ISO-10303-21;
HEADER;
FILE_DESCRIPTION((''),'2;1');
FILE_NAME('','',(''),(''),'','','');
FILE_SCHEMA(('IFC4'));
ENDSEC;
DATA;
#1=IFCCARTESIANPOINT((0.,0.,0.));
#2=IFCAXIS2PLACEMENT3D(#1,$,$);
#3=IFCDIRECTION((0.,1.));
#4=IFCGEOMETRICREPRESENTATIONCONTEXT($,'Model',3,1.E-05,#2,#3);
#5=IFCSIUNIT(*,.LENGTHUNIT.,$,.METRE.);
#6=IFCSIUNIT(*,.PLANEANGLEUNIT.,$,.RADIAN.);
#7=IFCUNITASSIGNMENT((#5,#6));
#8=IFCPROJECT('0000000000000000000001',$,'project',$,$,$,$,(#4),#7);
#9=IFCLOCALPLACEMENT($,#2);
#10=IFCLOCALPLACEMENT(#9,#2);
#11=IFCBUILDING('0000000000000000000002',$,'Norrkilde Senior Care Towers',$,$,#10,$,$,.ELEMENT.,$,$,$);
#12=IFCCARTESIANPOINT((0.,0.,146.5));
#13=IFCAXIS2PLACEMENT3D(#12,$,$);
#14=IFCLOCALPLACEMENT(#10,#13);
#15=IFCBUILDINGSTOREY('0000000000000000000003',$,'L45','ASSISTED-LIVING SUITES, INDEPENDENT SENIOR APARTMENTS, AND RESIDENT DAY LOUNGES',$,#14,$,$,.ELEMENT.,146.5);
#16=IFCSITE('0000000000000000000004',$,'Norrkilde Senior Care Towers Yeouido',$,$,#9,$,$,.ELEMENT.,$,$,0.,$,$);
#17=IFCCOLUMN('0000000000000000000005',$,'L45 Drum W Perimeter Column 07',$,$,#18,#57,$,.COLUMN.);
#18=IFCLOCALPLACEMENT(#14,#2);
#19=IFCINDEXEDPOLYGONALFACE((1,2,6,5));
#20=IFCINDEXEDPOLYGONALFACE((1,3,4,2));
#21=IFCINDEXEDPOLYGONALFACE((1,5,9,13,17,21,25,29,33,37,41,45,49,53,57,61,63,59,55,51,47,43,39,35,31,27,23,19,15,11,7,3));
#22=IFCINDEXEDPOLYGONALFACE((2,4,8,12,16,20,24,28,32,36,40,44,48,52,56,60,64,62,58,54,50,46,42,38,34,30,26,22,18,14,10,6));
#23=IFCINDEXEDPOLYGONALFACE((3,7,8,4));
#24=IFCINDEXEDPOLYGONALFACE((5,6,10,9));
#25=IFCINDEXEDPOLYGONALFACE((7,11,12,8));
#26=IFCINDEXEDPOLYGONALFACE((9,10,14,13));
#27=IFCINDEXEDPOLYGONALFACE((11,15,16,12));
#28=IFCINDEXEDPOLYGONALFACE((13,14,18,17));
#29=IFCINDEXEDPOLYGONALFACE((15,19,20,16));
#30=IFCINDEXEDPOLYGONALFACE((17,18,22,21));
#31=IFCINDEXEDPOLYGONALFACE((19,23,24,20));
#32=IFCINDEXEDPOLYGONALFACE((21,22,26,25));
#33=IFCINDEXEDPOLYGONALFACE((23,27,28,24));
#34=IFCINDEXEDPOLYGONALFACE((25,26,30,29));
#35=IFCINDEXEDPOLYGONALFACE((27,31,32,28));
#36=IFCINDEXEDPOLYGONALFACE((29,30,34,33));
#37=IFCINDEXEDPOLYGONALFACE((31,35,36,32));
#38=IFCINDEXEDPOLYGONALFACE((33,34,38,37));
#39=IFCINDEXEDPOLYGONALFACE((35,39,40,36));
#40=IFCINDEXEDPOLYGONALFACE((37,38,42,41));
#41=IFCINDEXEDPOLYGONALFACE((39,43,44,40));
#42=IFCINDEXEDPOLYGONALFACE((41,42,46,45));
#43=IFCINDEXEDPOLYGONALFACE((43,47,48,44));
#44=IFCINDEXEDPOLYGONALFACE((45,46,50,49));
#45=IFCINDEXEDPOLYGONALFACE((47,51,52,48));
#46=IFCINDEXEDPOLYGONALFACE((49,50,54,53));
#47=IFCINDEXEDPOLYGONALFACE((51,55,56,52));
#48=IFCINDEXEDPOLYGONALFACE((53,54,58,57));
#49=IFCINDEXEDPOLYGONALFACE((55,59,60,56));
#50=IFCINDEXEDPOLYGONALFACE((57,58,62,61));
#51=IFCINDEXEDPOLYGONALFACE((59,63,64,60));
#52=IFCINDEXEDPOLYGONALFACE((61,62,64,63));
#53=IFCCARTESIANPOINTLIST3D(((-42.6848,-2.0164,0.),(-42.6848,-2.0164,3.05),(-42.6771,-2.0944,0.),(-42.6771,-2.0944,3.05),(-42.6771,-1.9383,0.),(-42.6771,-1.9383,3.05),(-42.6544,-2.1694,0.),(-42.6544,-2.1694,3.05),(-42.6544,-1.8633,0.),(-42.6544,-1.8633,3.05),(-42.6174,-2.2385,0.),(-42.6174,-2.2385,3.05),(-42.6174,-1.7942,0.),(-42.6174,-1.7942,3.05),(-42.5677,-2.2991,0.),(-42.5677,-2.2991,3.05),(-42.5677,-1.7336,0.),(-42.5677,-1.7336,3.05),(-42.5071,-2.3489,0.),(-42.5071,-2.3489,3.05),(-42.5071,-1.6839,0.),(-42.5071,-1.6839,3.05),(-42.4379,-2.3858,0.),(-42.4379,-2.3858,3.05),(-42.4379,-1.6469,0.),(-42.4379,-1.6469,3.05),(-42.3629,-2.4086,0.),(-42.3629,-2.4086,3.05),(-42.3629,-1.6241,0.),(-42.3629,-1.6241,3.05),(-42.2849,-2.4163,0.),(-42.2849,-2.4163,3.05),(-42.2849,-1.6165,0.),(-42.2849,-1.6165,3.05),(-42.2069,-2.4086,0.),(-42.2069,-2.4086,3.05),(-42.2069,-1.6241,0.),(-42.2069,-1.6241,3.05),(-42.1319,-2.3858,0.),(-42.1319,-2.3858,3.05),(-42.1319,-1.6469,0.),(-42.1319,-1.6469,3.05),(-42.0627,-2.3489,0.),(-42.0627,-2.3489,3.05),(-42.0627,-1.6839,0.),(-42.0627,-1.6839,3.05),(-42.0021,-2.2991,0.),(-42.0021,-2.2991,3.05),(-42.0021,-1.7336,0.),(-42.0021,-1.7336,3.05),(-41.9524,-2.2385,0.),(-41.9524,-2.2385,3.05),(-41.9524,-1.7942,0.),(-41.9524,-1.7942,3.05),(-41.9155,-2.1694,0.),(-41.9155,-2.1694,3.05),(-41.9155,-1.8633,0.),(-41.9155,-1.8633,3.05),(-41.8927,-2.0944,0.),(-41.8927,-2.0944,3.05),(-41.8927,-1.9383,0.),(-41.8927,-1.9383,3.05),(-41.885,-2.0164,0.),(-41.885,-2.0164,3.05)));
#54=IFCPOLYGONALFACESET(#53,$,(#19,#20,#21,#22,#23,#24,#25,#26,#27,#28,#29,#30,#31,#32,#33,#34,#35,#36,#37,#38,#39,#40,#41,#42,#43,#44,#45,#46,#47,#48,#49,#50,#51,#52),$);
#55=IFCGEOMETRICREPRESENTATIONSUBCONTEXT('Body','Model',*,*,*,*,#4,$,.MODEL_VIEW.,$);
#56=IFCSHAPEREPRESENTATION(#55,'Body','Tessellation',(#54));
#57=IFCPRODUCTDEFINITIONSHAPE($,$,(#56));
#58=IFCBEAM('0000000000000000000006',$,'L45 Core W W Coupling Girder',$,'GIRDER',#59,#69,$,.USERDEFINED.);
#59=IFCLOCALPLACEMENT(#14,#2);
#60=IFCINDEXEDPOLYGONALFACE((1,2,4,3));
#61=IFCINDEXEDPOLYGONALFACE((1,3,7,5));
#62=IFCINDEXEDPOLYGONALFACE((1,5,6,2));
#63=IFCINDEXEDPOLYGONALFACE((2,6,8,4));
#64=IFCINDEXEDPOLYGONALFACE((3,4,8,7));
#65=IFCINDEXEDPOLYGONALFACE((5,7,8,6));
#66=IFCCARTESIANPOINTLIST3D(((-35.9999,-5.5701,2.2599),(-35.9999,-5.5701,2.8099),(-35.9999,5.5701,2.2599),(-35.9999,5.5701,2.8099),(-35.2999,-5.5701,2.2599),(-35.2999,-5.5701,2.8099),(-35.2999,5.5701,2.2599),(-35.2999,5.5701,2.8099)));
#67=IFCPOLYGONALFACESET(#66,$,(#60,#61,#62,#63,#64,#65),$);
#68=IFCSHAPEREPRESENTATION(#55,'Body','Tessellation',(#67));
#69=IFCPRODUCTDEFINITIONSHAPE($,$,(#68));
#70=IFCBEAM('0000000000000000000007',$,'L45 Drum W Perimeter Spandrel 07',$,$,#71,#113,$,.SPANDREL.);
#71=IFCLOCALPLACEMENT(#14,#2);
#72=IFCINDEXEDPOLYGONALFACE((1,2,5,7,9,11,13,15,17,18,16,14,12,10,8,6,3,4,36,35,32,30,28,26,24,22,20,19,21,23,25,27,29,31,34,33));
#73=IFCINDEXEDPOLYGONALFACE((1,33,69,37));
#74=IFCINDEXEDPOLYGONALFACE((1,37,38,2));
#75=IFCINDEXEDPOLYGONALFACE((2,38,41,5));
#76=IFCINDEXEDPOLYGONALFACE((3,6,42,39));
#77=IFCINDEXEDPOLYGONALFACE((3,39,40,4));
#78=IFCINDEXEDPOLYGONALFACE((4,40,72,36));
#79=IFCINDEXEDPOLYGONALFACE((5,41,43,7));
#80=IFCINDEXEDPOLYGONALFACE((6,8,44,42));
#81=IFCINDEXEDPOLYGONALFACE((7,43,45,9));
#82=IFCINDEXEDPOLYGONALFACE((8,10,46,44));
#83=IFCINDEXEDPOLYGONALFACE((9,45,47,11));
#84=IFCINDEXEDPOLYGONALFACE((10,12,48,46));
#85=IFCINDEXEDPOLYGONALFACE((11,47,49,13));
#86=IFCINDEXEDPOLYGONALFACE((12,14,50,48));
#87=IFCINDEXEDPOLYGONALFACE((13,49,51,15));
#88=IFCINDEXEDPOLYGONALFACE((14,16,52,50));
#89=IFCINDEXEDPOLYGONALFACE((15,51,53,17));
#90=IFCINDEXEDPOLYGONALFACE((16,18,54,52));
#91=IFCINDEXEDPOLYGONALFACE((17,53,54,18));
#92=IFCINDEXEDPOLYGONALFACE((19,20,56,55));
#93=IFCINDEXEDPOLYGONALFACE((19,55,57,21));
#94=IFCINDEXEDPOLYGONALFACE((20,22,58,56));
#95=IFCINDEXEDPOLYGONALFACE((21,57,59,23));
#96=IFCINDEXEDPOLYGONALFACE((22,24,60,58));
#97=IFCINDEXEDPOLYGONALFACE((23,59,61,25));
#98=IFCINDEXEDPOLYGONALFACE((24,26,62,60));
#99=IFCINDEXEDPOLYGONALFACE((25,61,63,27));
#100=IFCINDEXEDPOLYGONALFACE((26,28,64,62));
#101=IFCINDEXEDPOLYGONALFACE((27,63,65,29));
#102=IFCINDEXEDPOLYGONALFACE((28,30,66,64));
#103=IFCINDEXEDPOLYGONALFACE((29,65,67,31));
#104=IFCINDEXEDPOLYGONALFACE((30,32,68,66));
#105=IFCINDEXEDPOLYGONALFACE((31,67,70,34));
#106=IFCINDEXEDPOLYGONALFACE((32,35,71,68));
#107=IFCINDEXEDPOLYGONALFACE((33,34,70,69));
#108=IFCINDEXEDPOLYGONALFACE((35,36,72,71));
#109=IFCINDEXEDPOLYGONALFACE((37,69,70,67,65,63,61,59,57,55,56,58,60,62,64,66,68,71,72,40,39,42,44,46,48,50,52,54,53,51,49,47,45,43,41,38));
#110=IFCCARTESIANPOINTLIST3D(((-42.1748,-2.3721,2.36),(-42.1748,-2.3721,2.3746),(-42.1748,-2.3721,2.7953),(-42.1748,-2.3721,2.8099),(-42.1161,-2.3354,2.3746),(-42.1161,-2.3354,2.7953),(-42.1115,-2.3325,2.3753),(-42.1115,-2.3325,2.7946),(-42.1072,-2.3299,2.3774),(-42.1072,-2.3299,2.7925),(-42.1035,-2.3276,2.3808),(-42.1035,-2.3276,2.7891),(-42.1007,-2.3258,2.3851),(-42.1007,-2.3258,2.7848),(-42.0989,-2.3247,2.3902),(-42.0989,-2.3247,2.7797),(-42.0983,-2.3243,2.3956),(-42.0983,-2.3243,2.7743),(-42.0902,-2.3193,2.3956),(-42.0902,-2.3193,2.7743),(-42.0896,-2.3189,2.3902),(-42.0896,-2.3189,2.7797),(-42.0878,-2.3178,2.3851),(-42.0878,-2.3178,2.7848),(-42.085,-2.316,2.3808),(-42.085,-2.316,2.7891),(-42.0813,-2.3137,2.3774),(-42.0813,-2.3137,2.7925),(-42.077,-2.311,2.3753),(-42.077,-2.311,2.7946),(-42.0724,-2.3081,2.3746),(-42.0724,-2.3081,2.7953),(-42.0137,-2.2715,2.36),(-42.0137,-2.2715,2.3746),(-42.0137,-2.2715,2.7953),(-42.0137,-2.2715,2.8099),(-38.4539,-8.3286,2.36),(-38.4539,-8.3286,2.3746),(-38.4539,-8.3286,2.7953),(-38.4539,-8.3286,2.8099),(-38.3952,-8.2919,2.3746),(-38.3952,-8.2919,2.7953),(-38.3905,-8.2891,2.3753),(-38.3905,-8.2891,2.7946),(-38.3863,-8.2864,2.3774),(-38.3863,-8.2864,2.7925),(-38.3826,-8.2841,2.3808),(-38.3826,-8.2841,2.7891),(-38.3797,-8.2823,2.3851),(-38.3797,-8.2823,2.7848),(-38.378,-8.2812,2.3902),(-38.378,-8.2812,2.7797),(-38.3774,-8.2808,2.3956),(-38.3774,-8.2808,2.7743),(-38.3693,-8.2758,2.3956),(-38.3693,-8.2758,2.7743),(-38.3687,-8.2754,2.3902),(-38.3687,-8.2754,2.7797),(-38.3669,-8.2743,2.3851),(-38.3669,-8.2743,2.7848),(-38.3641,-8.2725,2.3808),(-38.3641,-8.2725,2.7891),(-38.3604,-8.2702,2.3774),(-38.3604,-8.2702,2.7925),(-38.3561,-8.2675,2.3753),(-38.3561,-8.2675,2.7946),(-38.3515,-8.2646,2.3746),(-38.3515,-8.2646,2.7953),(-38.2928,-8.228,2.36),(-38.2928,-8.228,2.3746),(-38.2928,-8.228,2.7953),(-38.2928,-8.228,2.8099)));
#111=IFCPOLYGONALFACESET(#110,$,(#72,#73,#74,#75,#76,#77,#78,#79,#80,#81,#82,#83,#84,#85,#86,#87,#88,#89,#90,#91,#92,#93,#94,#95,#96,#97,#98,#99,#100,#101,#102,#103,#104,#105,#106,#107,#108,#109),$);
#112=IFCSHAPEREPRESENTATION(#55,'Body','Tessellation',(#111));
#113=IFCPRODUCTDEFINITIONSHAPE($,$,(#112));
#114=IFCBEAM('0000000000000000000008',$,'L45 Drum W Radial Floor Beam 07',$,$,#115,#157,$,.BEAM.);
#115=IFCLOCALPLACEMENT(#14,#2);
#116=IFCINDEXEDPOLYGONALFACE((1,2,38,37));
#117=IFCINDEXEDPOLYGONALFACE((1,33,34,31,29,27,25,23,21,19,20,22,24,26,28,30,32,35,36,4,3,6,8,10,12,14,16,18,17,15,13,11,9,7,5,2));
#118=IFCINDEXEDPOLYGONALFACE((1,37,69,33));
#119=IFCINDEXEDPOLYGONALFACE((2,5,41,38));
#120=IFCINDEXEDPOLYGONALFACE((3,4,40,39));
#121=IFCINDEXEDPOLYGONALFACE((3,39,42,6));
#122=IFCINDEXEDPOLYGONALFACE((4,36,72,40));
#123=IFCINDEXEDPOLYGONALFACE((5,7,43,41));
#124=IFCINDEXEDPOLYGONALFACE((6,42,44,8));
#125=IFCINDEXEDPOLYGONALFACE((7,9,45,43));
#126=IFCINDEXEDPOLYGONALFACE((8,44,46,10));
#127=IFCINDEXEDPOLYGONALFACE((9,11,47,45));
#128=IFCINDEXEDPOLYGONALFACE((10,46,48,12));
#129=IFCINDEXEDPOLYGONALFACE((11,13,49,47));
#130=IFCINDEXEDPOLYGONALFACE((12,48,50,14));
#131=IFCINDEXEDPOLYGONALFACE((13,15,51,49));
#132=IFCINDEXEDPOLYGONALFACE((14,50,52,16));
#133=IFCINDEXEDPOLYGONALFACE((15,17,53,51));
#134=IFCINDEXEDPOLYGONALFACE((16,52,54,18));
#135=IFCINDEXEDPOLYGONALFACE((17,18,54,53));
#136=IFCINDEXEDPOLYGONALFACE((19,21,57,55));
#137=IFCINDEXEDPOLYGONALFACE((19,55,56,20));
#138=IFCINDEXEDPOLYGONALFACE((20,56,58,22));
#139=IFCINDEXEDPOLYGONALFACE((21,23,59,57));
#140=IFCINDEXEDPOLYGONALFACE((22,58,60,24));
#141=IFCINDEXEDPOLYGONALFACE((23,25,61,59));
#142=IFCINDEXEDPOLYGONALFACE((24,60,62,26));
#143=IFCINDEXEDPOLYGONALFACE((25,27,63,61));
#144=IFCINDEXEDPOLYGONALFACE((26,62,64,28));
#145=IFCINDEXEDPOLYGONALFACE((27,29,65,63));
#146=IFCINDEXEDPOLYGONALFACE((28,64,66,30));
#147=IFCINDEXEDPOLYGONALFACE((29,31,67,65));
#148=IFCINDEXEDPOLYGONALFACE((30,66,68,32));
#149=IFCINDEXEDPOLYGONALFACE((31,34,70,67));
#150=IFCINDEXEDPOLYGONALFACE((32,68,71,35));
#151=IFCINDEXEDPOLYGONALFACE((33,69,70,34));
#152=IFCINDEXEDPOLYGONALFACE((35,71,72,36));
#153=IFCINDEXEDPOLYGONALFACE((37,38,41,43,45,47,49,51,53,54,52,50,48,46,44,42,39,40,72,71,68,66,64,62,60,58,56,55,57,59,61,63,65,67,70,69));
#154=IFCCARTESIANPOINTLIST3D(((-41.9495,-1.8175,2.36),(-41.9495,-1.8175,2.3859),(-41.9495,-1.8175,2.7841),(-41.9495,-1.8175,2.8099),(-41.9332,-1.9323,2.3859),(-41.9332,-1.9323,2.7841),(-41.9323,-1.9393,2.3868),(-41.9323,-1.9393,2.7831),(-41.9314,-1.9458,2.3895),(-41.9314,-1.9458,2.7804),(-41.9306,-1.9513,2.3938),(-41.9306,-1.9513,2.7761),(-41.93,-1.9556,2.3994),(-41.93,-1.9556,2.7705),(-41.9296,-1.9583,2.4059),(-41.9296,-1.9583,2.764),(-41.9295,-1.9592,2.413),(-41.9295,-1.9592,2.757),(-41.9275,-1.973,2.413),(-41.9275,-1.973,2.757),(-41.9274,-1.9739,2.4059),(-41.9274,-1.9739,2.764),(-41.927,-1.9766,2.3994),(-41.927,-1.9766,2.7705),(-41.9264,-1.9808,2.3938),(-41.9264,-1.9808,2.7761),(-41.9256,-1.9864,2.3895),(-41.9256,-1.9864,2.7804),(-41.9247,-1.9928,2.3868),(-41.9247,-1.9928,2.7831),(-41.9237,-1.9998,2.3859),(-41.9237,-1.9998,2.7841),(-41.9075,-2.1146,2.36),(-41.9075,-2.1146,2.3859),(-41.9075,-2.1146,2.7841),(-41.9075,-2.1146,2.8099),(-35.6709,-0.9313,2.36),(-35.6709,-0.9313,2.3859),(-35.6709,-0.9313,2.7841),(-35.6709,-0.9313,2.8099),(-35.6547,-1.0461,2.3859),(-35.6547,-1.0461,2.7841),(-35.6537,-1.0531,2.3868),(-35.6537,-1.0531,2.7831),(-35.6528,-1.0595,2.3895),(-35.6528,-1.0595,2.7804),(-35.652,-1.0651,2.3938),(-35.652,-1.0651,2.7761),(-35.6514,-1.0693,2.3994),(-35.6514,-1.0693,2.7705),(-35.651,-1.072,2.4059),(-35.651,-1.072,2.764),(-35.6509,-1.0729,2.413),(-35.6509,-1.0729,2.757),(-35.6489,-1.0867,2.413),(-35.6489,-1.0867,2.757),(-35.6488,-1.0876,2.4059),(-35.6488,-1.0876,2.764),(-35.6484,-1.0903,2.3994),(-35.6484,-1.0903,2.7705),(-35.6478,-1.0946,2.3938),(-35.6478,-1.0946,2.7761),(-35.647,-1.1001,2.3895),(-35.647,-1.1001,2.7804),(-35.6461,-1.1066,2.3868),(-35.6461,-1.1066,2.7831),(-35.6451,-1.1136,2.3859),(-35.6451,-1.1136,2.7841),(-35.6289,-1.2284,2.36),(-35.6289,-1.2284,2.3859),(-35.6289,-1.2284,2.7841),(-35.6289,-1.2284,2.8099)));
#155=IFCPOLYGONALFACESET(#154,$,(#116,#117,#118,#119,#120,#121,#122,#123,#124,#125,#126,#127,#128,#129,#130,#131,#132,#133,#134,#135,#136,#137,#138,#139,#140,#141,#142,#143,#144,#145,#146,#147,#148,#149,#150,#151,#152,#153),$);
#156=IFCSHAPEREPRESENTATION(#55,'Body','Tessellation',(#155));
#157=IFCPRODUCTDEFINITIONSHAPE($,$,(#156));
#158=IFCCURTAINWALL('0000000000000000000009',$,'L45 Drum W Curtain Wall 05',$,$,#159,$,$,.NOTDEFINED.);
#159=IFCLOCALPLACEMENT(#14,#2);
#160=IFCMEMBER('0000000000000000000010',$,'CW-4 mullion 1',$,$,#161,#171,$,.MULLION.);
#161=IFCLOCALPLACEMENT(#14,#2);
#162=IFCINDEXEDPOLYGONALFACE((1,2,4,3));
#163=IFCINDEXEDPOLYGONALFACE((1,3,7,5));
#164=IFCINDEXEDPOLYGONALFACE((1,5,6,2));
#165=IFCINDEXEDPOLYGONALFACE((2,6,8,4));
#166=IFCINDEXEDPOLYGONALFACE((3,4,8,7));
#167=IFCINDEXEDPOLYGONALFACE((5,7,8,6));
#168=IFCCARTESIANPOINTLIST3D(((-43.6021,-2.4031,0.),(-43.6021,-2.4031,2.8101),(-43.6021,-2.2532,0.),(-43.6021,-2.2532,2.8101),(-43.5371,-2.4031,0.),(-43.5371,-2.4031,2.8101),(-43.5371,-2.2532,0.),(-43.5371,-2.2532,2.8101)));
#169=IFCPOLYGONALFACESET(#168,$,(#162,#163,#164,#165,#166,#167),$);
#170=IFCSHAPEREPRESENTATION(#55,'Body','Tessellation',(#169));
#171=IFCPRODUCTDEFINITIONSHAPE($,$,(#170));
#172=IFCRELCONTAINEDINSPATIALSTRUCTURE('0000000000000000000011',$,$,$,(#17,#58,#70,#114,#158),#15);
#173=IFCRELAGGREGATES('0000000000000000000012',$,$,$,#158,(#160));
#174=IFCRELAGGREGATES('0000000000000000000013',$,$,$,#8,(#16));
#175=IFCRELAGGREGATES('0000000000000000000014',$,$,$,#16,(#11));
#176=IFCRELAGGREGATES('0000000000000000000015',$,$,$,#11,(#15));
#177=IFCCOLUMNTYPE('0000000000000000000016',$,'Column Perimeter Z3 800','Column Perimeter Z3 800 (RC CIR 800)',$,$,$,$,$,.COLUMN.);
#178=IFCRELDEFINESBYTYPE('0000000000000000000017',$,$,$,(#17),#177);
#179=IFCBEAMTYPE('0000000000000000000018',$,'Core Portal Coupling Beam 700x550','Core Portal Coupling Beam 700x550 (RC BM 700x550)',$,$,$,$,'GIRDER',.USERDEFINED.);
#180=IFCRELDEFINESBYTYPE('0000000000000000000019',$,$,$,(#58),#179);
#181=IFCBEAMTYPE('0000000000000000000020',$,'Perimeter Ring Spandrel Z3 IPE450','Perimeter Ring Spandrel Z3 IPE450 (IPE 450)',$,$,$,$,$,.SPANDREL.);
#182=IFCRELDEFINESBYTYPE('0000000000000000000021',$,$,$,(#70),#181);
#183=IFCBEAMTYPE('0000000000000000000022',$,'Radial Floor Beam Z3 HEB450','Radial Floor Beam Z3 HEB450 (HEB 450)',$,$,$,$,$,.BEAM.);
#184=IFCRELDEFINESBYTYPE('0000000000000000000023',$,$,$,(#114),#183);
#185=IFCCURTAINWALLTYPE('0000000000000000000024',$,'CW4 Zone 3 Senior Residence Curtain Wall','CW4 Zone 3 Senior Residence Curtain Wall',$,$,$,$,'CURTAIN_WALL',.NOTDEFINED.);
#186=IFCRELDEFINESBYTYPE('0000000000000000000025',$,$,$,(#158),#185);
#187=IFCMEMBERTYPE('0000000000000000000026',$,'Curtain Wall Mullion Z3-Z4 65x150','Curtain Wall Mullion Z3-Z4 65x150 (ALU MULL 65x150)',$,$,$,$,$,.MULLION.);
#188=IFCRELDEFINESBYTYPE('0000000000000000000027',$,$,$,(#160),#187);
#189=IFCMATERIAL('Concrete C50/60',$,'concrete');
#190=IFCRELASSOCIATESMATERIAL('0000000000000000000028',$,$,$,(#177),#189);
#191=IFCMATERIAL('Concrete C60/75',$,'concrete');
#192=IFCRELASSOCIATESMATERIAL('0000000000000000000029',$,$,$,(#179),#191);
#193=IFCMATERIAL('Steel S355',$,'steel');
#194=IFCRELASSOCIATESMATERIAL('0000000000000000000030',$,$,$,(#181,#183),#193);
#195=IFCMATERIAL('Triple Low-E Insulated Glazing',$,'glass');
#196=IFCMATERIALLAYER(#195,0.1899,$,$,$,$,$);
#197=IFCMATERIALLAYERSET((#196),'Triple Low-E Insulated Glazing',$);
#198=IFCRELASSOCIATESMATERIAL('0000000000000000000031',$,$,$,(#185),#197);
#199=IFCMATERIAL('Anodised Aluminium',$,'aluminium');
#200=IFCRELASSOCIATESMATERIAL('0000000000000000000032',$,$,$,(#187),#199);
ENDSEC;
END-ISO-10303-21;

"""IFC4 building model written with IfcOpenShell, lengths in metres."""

from ifc_helpers import new_model, si_unit, direction, frame, origin, origin_2d, place, context, subcontext, project, spatial, rectangle, circle, i_section, extrude, source, transform, mapped, material, layer, layer_set, material_profile, profile_set, type_object, type_shapes, element, aggregate, save


model = new_model("IFC4")

# Units and contexts
model_context = context("Model", 3, precision=1e-05, world=origin(), true_north=direction((0.0, 1.0)))
body_context = subcontext(model_context, "Body", "Model", "MODEL_VIEW")
ifc_project = project(units=[si_unit("LENGTHUNIT", "METRE"), si_unit("PLANEANGLEUNIT", "RADIAN")], contexts=[model_context])

# Site, building, storey
site_placement = place(None, origin())
site = spatial("IfcSite", under=ifc_project, at=site_placement, Name="Norrkilde Senior Care Towers Yeouido", CompositionType="ELEMENT", RefElevation=0.0)
building_placement = place(site_placement, origin())
building = spatial("IfcBuilding", under=site, at=building_placement, Name="Norrkilde Senior Care Towers", CompositionType="ELEMENT")
storey_placement = place(building_placement, frame((0.0, 0.0, 146.5)))
storey = spatial("IfcBuildingStorey", under=building, at=storey_placement, Name="L45", Description="ASSISTED-LIVING SUITES, INDEPENDENT SENIOR APARTMENTS, AND RESIDENT DAY LOUNGES", CompositionType="ELEMENT", Elevation=146.5)

# Column
ifc_material_1 = material(Name="Concrete C50/60", Category="concrete")
ifc_material_profile_1 = material_profile(ifc_material_1, circle(Radius=0.3999, at=origin_2d()), Name="RC CIR 800")
ifc_profile_set_1 = profile_set([ifc_material_profile_1], Name="Concrete C50/60")
column_type = type_object("IfcColumnType", Name="Column Perimeter Z3 800", Description="Column Perimeter Z3 800 (RC CIR 800)", PredefinedType="COLUMN", material=ifc_profile_set_1)
shared_shape_1 = source(origin(), body_context, "Body", "SweptSolid", [
    extrude(circle(Radius=0.3999, at=origin_2d()), origin(), (0.0, 0.0, 1.0), 3.05),
])
type_shapes(column_type, [shared_shape_1])
column_placement = place(storey_placement, frame((-42.2849, -2.0164, 0.0), z_axis=(0.0, 0.0, 1.0), x_axis=(1.0, 0.0, 0.0)))
element("IfcColumn", 1, at=column_placement, inside=storey, type_object=column_type, Name="L45 Drum W Perimeter Column 07", PredefinedType="COLUMN", context=body_context, shape_type="MappedRepresentation", body=[
    mapped(shared_shape_1, transform((0.0, 0.0, 0.0), x_axis=(1.0, 0.0, 0.0), y_axis=(0.0, 1.0, 0.0), z_axis=(0.0, 0.0, 1.0), scale=1.0)),
])

# Beams
ifc_material_2 = material(Name="Concrete C60/75", Category="concrete")
ifc_material_profile_2 = material_profile(ifc_material_2, rectangle(XDim=0.7, YDim=0.55, at=origin_2d()), Name="RC BM 700x550")
ifc_profile_set_2 = profile_set([ifc_material_profile_2], Name="Concrete C60/75")
beam_type_1 = type_object("IfcBeamType", Name="Core Portal Coupling Beam 700x550", Description="Core Portal Coupling Beam 700x550 (RC BM 700x550)", ElementType="GIRDER", PredefinedType="USERDEFINED", material=ifc_profile_set_2)
shared_shape_2 = source(origin(), body_context, "Body", "SweptSolid", [
    extrude(rectangle(XDim=0.7, YDim=0.55, at=origin_2d()), origin(), (0.0, 0.0, 1.0), 11.1401),
])
type_shapes(beam_type_1, [shared_shape_2])
beam_1_placement = place(storey_placement, frame((-35.6499, -5.5701, 2.5349), z_axis=(0.0, 1.0, 0.0), x_axis=(-1.0, 0.0, 0.0)))
element("IfcBeam", 2, at=beam_1_placement, inside=storey, type_object=beam_type_1, Name="L45 Core W W Coupling Girder", ObjectType="GIRDER", PredefinedType="USERDEFINED", context=body_context, shape_type="MappedRepresentation", body=[
    mapped(shared_shape_2, transform((0.0, 0.0, 0.0), x_axis=(1.0, 0.0, 0.0), y_axis=(0.0, 1.0, 0.0), z_axis=(0.0, 0.0, 1.0), scale=1.0)),
])
ifc_material_3 = material(Name="Steel S355", Category="steel")
ifc_material_profile_3 = material_profile(ifc_material_3, i_section(OverallWidth=0.1899, OverallDepth=0.45, WebThickness=0.0095, FlangeThickness=0.0146, FilletRadius=0.021, at=origin_2d()), Name="IPE 450")
ifc_profile_set_3 = profile_set([ifc_material_profile_3], Name="Steel S355")
beam_type_2 = type_object("IfcBeamType", Name="Perimeter Ring Spandrel Z3 IPE450", Description="Perimeter Ring Spandrel Z3 IPE450 (IPE 450)", PredefinedType="SPANDREL", material=ifc_profile_set_3)
shared_shape_3 = source(origin(), body_context, "Body", "SweptSolid", [
    extrude(i_section(OverallWidth=0.1899, OverallDepth=0.45, WebThickness=0.0095, FlangeThickness=0.0146, FilletRadius=0.021, at=origin_2d()), origin(), (0.0, 0.0, 1.0), 7.0232),
])
type_shapes(beam_type_2, [shared_shape_3])
beam_2_placement = place(storey_placement, frame((-42.0942, -2.3218, 2.585), z_axis=(0.529805, -0.848119, 0.0), x_axis=(0.848119, 0.529805, 0.0)))
element("IfcBeam", 3, at=beam_2_placement, inside=storey, type_object=beam_type_2, Name="L45 Drum W Perimeter Spandrel 07", PredefinedType="SPANDREL", context=body_context, shape_type="MappedRepresentation", body=[
    mapped(shared_shape_3, transform((0.0, 0.0, 0.0), x_axis=(1.0, 0.0, 0.0), y_axis=(0.0, 1.0, 0.0), z_axis=(0.0, 0.0, 1.0), scale=1.0)),
])
ifc_material_profile_4 = material_profile(ifc_material_3, i_section(OverallWidth=0.3, OverallDepth=0.45, WebThickness=0.0139, FlangeThickness=0.0259, FilletRadius=0.0271, at=origin_2d()), Name="HEB 450")
ifc_profile_set_4 = profile_set([ifc_material_profile_4], Name="Steel S355")
beam_type_3 = type_object("IfcBeamType", Name="Radial Floor Beam Z3 HEB450", Description="Radial Floor Beam Z3 HEB450 (HEB 450)", PredefinedType="BEAM", material=ifc_profile_set_4)
shared_shape_4 = source(origin(), body_context, "Body", "SweptSolid", [
    extrude(i_section(OverallWidth=0.3, OverallDepth=0.45, WebThickness=0.0139, FlangeThickness=0.0259, FilletRadius=0.0271, at=origin_2d()), origin(), (0.0, 0.0, 1.0), 6.3408),
])
type_shapes(beam_type_3, [shared_shape_4])
beam_3_placement = place(storey_placement, frame((-35.6499, -1.0798, 2.585), z_axis=(-0.990185, -0.139766, 0.0), x_axis=(0.139766, -0.990185, 0.0)))
element("IfcBeam", 4, at=beam_3_placement, inside=storey, type_object=beam_type_3, Name="L45 Drum W Radial Floor Beam 07", PredefinedType="BEAM", context=body_context, shape_type="MappedRepresentation", body=[
    mapped(shared_shape_4, transform((0.0, 0.0, 0.0), x_axis=(1.0, 0.0, 0.0), y_axis=(0.0, 1.0, 0.0), z_axis=(0.0, 0.0, 1.0), scale=1.0)),
])

# Curtain wall, member
ifc_material_4 = material(Name="Triple Low-E Insulated Glazing", Category="glass")
ifc_layer_1 = layer(ifc_material_4, 0.1899)
ifc_layer_set_1 = layer_set([ifc_layer_1], Name="Triple Low-E Insulated Glazing")
curtain_wall_type = type_object("IfcCurtainWallType", Name="CW4 Zone 3 Senior Residence Curtain Wall", Description="CW4 Zone 3 Senior Residence Curtain Wall", ElementType="CURTAIN_WALL", PredefinedType="NOTDEFINED", material=ifc_layer_set_1)
curtain_wall_1_placement = place(storey_placement, origin())
curtain_wall_1 = element("IfcCurtainWall", 5, at=curtain_wall_1_placement, inside=storey, type_object=curtain_wall_type, Name="L45 Drum W Curtain Wall 05", PredefinedType="NOTDEFINED")
ifc_material_5 = material(Name="Anodised Aluminium", Category="aluminium")
ifc_material_profile_5 = material_profile(ifc_material_5, rectangle(XDim=0.0649, YDim=0.1499, at=origin_2d()), Name="ALU MULL 65x150")
ifc_profile_set_5 = profile_set([ifc_material_profile_5], Name="Anodised Aluminium")
member_type_1 = type_object("IfcMemberType", Name="Curtain Wall Mullion Z3-Z4 65x150", Description="Curtain Wall Mullion Z3-Z4 65x150 (ALU MULL 65x150)", PredefinedType="MULLION", material=ifc_profile_set_5)
shared_shape_5 = source(origin(), body_context, "Body", "SweptSolid", [
    extrude(rectangle(XDim=0.0649, YDim=0.1499, at=origin_2d()), origin(), (0.0, 0.0, 1.0), 2.8101),
])
type_shapes(member_type_1, [shared_shape_5])
member_1_placement = place(storey_placement, frame((-43.5696, -2.3281, 0.0), z_axis=(0.0, 0.0, 1.0), x_axis=(-1.0, 0.0, 0.0)))
member_1 = element("IfcMember", 6, at=member_1_placement, type_object=member_type_1, Name="CW-4 mullion 1", PredefinedType="MULLION", context=body_context, shape_type="MappedRepresentation", body=[
    mapped(shared_shape_5, transform((0.0, 0.0, 0.0), x_axis=(1.0, 0.0, 0.0), y_axis=(0.0, 1.0, 0.0), z_axis=(0.0, 0.0, 1.0), scale=1.0)),
])

aggregate(curtain_wall_1, [member_1])

save(model, "model.ifc")
